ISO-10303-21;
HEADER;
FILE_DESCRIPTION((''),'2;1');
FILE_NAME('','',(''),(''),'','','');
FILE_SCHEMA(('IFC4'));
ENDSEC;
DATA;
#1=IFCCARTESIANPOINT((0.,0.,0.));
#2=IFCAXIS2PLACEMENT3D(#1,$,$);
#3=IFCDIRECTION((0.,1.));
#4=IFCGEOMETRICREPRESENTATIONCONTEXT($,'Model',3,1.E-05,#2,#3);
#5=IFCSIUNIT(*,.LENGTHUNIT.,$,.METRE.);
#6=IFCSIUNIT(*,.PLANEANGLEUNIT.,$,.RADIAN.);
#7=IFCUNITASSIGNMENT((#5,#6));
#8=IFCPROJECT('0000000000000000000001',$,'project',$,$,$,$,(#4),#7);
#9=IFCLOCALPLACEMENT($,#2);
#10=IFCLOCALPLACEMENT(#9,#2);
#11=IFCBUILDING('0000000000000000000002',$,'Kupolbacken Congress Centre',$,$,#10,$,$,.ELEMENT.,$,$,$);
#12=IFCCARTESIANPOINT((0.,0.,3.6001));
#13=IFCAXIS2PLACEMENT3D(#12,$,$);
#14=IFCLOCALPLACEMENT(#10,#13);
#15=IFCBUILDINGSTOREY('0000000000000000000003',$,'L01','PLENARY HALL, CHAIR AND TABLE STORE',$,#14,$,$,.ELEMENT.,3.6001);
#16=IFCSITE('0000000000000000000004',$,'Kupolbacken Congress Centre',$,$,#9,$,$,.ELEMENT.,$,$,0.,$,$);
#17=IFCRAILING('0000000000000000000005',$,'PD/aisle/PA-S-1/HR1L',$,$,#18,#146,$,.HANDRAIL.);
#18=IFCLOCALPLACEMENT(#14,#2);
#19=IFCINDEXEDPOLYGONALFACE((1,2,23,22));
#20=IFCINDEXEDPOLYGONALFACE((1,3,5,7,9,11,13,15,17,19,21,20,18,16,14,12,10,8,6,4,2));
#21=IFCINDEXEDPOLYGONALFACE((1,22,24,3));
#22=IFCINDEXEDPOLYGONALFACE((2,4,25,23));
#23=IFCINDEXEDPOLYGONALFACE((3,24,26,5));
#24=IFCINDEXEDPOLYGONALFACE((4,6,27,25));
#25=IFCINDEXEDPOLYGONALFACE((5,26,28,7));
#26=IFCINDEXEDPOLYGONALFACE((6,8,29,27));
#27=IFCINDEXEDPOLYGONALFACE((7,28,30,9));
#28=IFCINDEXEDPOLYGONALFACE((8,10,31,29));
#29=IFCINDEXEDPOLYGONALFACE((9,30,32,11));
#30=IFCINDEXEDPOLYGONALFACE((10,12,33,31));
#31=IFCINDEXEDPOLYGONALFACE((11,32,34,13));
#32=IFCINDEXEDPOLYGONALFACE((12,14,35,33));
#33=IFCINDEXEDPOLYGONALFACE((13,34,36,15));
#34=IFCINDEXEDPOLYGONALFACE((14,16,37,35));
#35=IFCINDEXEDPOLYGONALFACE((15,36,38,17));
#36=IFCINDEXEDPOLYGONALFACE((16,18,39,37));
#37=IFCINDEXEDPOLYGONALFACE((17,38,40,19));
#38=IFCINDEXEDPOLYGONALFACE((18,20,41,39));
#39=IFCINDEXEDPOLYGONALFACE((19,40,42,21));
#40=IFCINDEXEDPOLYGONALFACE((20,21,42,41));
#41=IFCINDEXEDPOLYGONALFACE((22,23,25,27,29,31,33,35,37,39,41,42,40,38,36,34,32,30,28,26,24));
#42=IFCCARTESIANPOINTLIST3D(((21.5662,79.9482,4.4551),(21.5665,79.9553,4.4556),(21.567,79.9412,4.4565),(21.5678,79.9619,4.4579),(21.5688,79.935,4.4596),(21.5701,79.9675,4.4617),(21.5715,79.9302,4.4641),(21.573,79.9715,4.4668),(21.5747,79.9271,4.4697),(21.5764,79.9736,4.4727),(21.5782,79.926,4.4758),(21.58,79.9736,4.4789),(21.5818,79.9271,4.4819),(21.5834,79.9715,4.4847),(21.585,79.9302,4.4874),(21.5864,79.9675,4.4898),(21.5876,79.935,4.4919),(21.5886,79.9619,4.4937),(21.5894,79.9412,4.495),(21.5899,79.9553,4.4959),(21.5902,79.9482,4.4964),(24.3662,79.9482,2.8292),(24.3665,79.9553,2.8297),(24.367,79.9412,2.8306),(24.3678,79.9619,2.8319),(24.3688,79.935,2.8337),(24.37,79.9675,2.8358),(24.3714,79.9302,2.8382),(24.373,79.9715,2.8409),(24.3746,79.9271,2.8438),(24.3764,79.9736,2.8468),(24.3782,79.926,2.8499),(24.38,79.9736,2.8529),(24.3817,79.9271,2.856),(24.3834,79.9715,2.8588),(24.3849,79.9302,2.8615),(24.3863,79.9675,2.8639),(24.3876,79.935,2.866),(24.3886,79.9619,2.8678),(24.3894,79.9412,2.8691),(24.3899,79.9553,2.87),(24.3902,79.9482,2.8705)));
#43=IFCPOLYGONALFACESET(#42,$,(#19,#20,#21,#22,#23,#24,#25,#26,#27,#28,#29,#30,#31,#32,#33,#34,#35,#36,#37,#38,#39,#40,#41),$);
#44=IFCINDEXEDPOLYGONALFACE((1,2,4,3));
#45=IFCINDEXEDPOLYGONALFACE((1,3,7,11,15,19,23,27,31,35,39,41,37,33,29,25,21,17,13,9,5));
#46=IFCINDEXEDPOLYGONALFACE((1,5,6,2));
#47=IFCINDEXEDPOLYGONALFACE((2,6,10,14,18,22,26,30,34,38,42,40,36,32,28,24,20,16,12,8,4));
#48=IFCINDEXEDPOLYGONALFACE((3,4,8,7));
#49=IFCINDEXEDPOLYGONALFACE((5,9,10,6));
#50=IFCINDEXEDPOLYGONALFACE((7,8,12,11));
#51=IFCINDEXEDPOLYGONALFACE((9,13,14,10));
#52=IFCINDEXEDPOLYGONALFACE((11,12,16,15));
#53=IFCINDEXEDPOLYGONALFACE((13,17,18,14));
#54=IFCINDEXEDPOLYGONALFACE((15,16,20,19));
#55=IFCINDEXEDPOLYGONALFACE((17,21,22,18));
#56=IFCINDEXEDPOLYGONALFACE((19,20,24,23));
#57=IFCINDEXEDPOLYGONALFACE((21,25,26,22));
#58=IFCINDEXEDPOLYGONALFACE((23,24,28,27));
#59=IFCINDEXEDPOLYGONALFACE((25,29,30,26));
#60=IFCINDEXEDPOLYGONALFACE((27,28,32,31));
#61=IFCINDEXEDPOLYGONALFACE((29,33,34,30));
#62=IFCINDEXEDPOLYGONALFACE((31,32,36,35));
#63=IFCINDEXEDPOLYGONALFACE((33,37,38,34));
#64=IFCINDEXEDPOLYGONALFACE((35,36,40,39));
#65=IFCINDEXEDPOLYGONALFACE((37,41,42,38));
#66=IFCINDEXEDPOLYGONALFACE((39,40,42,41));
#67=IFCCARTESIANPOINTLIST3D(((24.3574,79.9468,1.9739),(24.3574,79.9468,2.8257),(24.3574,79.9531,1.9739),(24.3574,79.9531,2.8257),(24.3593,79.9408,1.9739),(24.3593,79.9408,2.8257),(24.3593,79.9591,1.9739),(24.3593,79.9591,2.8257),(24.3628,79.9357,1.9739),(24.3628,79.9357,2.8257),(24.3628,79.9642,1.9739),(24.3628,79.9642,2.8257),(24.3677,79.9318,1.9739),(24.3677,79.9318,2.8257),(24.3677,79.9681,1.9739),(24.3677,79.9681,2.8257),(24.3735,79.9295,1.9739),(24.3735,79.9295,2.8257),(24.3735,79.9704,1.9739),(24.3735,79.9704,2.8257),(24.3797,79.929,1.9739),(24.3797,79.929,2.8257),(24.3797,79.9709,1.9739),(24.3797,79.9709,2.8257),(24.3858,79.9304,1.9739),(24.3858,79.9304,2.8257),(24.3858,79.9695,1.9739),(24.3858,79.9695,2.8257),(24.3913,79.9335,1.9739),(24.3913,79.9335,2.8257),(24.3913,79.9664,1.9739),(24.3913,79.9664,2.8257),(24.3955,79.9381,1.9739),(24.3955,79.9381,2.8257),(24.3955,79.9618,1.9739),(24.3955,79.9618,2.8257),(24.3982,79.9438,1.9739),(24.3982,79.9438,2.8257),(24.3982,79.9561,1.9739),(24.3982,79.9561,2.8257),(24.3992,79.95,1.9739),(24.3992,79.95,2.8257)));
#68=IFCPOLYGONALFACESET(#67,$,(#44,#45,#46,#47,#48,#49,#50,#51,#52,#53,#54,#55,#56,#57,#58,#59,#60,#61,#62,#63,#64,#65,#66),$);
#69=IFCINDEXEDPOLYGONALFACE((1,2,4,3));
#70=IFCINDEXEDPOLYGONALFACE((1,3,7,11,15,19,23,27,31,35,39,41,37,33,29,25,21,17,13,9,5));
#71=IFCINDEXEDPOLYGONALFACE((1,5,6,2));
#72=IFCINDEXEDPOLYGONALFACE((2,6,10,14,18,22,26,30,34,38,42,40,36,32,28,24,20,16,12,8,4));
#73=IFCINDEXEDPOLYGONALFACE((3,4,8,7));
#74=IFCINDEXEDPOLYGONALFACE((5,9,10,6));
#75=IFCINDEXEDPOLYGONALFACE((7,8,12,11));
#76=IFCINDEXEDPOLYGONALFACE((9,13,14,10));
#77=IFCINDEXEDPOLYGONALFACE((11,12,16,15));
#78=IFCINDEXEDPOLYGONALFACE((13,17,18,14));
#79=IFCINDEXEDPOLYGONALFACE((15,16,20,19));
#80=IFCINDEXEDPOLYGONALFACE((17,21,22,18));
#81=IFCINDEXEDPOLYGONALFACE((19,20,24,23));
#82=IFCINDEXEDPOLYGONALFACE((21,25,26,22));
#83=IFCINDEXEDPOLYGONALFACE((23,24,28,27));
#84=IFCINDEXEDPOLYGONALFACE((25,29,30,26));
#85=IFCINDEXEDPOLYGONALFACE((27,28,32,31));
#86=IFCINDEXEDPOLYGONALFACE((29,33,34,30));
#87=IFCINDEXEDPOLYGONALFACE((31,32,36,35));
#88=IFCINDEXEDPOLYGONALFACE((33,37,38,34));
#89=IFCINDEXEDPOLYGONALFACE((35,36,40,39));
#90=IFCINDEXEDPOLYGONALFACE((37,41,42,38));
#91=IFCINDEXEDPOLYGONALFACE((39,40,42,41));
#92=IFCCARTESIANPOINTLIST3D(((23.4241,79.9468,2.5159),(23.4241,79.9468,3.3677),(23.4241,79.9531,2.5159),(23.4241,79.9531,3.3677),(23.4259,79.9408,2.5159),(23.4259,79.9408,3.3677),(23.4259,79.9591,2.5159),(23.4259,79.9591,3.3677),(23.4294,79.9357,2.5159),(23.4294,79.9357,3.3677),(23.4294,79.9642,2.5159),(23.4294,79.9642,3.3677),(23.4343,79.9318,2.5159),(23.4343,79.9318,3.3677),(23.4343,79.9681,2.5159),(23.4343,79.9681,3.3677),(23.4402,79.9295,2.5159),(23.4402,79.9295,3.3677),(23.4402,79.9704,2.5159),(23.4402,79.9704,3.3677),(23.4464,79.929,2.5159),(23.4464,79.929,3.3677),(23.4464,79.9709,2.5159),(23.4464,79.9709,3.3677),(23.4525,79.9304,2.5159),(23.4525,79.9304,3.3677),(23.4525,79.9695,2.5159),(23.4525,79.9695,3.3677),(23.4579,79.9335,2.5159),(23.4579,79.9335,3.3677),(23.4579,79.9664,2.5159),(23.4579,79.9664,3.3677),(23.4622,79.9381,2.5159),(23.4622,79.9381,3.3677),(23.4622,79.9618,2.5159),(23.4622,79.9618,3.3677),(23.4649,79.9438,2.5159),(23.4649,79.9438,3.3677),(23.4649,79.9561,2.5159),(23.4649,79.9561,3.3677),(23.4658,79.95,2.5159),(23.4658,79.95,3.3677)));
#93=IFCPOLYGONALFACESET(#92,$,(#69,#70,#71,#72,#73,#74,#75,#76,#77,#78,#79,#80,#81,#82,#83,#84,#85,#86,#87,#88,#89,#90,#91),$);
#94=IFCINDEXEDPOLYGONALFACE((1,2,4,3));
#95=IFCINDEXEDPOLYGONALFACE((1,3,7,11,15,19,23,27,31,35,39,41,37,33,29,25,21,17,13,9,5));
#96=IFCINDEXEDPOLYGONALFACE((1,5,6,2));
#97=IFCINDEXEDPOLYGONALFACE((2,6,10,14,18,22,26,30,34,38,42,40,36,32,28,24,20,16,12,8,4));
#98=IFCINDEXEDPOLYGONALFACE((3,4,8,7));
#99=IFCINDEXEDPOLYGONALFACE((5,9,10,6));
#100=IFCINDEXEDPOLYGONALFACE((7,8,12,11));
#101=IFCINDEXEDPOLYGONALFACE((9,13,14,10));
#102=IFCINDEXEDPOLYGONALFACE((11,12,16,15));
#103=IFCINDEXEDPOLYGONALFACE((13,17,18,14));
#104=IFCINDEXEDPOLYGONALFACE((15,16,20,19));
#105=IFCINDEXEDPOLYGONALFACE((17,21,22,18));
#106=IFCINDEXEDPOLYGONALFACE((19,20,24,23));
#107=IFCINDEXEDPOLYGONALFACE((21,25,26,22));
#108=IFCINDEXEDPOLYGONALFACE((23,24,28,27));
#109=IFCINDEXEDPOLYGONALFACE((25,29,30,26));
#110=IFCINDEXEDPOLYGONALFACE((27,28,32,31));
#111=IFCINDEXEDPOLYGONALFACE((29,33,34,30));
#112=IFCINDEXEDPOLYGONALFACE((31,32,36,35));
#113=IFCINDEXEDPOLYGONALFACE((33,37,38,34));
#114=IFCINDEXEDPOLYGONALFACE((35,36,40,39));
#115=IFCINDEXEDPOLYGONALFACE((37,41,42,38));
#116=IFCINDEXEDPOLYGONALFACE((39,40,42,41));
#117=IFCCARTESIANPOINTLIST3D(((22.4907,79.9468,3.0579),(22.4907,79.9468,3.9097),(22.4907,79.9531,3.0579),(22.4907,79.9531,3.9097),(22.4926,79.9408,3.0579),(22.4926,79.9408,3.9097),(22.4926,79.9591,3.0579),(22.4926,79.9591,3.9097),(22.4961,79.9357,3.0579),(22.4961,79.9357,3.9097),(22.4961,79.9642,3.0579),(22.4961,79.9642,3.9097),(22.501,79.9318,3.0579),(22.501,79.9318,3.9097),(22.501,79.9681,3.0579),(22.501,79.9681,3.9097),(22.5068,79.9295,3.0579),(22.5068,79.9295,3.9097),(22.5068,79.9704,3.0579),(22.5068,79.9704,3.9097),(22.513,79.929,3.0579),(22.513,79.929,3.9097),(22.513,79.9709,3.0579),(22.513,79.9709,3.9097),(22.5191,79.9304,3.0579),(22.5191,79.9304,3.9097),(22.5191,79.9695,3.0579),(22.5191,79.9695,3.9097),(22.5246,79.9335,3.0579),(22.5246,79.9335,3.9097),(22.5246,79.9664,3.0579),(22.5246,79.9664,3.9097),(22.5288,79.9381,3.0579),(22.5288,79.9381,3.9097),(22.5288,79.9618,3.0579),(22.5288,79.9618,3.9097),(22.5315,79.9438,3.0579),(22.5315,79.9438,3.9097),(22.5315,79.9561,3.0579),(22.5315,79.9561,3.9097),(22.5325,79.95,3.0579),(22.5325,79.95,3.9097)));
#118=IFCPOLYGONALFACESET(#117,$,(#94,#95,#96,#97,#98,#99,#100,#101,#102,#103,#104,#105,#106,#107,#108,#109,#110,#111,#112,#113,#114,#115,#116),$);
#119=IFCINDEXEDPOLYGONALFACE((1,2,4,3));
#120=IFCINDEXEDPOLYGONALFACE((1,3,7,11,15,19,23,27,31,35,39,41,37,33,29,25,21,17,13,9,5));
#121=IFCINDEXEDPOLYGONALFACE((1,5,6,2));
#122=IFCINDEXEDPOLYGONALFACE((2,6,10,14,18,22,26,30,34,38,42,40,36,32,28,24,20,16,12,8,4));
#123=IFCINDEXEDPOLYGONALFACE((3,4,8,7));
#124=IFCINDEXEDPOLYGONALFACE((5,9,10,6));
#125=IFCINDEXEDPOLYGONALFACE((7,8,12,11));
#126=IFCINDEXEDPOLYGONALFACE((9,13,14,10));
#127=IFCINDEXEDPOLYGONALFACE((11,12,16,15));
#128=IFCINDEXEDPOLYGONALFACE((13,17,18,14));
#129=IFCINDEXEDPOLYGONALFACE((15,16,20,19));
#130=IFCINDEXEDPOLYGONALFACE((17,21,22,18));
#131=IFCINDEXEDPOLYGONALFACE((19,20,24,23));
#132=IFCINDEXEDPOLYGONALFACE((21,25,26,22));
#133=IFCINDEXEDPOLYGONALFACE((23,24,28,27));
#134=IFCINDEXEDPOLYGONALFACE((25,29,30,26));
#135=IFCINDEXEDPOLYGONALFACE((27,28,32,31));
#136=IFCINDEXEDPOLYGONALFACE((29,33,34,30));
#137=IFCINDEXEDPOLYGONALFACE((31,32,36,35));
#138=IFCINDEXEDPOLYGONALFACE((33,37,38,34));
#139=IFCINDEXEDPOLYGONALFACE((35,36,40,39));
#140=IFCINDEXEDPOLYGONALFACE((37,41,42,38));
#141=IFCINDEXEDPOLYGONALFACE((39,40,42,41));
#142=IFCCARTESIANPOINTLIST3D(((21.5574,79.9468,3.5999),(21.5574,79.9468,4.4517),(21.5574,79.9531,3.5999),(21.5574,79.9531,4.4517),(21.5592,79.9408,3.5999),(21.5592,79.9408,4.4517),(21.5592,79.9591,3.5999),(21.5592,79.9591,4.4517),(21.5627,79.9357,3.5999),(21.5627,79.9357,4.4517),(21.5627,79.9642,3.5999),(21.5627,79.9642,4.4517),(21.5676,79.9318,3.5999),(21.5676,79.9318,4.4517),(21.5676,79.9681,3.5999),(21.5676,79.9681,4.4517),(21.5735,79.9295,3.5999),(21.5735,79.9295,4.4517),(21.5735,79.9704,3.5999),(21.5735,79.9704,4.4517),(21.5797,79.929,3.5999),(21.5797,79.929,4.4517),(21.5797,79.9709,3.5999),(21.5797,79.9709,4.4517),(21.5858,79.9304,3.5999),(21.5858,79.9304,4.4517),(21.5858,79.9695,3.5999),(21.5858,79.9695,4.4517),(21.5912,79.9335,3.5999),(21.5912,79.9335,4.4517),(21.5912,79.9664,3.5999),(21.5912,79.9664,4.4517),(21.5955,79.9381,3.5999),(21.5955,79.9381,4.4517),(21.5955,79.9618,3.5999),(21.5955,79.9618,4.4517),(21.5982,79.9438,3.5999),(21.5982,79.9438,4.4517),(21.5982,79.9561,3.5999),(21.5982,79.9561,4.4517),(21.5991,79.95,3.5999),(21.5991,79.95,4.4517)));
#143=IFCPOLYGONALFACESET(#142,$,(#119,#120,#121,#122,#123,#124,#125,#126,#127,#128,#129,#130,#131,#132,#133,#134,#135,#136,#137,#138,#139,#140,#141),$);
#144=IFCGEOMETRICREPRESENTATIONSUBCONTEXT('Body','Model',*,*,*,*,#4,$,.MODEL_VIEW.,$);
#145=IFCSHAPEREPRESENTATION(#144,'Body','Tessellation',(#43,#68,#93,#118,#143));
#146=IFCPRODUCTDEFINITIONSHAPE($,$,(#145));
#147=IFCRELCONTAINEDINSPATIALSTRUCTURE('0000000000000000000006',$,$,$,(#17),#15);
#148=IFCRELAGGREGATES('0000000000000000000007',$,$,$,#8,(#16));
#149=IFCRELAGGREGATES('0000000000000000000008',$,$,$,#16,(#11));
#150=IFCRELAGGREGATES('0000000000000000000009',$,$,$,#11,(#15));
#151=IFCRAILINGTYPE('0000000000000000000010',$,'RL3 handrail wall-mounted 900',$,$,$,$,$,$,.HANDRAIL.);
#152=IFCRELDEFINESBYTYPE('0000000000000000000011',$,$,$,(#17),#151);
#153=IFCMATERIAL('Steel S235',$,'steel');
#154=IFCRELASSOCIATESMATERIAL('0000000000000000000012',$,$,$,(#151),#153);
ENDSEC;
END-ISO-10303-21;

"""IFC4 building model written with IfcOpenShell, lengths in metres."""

from ifc_helpers import new_model, si_unit, direction, frame, origin, origin_2d, place, context, subcontext, project, spatial, circle, extrude, material, type_object, element, save


model = new_model("IFC4")

# Units and contexts
model_context = context("Model", 3, precision=1e-05, world=origin(), true_north=direction((0.0, 1.0)))
body_context = subcontext(model_context, "Body", "Model", "MODEL_VIEW")
ifc_project = project(units=[si_unit("LENGTHUNIT", "METRE"), si_unit("PLANEANGLEUNIT", "RADIAN")], contexts=[model_context])

# Site, building, storey
site_placement = place(None, origin())
site = spatial("IfcSite", under=ifc_project, at=site_placement, Name="Kupolbacken Congress Centre", CompositionType="ELEMENT", RefElevation=0.0)
building_placement = place(site_placement, origin())
building = spatial("IfcBuilding", under=site, at=building_placement, Name="Kupolbacken Congress Centre", CompositionType="ELEMENT")
storey_placement = place(building_placement, frame((0.0, 0.0, 3.6001)))
storey = spatial("IfcBuildingStorey", under=building, at=storey_placement, Name="L01", Description="PLENARY HALL, CHAIR AND TABLE STORE", CompositionType="ELEMENT", Elevation=3.6001)

# Railing
ifc_material_1 = material(Name="Steel S235", Category="steel")
railing_type_1 = type_object("IfcRailingType", Name="RL3 handrail wall-mounted 900", PredefinedType="HANDRAIL", material=ifc_material_1)
for number, where, name in (
    (1, (24.3782, 79.95, 1.9739), "PD/aisle/PA-S-1/HR1L"),
):
    element("IfcRailing", number, at=place(storey_placement, frame(where)), inside=storey, type_object=railing_type_1, Name=name, PredefinedType="HANDRAIL", context=body_context, shape_type="SweptSolid", body=[
        extrude(circle(Radius=0.0239, at=origin_2d()), frame((0.0, 0.0, 0.876), z_axis=(-0.86477, 0.0, 0.502168), x_axis=(0.0, -1.0, 0.0)), (0.0, 0.0, 1.0), 3.2378),
        extrude(circle(Radius=0.021, at=origin_2d()), origin(), (0.0, 0.0, 1.0), 0.8518),
        extrude(circle(Radius=0.021, at=origin_2d()), frame((-0.9333, 0.0, 0.542)), (0.0, 0.0, 1.0), 0.8518),
        extrude(circle(Radius=0.021, at=origin_2d()), frame((-1.8667, 0.0, 1.084)), (0.0, 0.0, 1.0), 0.8518),
        extrude(circle(Radius=0.021, at=origin_2d()), frame((-2.8, 0.0, 1.626)), (0.0, 0.0, 1.0), 0.8518),
    ])

save(model, "model.ifc")
